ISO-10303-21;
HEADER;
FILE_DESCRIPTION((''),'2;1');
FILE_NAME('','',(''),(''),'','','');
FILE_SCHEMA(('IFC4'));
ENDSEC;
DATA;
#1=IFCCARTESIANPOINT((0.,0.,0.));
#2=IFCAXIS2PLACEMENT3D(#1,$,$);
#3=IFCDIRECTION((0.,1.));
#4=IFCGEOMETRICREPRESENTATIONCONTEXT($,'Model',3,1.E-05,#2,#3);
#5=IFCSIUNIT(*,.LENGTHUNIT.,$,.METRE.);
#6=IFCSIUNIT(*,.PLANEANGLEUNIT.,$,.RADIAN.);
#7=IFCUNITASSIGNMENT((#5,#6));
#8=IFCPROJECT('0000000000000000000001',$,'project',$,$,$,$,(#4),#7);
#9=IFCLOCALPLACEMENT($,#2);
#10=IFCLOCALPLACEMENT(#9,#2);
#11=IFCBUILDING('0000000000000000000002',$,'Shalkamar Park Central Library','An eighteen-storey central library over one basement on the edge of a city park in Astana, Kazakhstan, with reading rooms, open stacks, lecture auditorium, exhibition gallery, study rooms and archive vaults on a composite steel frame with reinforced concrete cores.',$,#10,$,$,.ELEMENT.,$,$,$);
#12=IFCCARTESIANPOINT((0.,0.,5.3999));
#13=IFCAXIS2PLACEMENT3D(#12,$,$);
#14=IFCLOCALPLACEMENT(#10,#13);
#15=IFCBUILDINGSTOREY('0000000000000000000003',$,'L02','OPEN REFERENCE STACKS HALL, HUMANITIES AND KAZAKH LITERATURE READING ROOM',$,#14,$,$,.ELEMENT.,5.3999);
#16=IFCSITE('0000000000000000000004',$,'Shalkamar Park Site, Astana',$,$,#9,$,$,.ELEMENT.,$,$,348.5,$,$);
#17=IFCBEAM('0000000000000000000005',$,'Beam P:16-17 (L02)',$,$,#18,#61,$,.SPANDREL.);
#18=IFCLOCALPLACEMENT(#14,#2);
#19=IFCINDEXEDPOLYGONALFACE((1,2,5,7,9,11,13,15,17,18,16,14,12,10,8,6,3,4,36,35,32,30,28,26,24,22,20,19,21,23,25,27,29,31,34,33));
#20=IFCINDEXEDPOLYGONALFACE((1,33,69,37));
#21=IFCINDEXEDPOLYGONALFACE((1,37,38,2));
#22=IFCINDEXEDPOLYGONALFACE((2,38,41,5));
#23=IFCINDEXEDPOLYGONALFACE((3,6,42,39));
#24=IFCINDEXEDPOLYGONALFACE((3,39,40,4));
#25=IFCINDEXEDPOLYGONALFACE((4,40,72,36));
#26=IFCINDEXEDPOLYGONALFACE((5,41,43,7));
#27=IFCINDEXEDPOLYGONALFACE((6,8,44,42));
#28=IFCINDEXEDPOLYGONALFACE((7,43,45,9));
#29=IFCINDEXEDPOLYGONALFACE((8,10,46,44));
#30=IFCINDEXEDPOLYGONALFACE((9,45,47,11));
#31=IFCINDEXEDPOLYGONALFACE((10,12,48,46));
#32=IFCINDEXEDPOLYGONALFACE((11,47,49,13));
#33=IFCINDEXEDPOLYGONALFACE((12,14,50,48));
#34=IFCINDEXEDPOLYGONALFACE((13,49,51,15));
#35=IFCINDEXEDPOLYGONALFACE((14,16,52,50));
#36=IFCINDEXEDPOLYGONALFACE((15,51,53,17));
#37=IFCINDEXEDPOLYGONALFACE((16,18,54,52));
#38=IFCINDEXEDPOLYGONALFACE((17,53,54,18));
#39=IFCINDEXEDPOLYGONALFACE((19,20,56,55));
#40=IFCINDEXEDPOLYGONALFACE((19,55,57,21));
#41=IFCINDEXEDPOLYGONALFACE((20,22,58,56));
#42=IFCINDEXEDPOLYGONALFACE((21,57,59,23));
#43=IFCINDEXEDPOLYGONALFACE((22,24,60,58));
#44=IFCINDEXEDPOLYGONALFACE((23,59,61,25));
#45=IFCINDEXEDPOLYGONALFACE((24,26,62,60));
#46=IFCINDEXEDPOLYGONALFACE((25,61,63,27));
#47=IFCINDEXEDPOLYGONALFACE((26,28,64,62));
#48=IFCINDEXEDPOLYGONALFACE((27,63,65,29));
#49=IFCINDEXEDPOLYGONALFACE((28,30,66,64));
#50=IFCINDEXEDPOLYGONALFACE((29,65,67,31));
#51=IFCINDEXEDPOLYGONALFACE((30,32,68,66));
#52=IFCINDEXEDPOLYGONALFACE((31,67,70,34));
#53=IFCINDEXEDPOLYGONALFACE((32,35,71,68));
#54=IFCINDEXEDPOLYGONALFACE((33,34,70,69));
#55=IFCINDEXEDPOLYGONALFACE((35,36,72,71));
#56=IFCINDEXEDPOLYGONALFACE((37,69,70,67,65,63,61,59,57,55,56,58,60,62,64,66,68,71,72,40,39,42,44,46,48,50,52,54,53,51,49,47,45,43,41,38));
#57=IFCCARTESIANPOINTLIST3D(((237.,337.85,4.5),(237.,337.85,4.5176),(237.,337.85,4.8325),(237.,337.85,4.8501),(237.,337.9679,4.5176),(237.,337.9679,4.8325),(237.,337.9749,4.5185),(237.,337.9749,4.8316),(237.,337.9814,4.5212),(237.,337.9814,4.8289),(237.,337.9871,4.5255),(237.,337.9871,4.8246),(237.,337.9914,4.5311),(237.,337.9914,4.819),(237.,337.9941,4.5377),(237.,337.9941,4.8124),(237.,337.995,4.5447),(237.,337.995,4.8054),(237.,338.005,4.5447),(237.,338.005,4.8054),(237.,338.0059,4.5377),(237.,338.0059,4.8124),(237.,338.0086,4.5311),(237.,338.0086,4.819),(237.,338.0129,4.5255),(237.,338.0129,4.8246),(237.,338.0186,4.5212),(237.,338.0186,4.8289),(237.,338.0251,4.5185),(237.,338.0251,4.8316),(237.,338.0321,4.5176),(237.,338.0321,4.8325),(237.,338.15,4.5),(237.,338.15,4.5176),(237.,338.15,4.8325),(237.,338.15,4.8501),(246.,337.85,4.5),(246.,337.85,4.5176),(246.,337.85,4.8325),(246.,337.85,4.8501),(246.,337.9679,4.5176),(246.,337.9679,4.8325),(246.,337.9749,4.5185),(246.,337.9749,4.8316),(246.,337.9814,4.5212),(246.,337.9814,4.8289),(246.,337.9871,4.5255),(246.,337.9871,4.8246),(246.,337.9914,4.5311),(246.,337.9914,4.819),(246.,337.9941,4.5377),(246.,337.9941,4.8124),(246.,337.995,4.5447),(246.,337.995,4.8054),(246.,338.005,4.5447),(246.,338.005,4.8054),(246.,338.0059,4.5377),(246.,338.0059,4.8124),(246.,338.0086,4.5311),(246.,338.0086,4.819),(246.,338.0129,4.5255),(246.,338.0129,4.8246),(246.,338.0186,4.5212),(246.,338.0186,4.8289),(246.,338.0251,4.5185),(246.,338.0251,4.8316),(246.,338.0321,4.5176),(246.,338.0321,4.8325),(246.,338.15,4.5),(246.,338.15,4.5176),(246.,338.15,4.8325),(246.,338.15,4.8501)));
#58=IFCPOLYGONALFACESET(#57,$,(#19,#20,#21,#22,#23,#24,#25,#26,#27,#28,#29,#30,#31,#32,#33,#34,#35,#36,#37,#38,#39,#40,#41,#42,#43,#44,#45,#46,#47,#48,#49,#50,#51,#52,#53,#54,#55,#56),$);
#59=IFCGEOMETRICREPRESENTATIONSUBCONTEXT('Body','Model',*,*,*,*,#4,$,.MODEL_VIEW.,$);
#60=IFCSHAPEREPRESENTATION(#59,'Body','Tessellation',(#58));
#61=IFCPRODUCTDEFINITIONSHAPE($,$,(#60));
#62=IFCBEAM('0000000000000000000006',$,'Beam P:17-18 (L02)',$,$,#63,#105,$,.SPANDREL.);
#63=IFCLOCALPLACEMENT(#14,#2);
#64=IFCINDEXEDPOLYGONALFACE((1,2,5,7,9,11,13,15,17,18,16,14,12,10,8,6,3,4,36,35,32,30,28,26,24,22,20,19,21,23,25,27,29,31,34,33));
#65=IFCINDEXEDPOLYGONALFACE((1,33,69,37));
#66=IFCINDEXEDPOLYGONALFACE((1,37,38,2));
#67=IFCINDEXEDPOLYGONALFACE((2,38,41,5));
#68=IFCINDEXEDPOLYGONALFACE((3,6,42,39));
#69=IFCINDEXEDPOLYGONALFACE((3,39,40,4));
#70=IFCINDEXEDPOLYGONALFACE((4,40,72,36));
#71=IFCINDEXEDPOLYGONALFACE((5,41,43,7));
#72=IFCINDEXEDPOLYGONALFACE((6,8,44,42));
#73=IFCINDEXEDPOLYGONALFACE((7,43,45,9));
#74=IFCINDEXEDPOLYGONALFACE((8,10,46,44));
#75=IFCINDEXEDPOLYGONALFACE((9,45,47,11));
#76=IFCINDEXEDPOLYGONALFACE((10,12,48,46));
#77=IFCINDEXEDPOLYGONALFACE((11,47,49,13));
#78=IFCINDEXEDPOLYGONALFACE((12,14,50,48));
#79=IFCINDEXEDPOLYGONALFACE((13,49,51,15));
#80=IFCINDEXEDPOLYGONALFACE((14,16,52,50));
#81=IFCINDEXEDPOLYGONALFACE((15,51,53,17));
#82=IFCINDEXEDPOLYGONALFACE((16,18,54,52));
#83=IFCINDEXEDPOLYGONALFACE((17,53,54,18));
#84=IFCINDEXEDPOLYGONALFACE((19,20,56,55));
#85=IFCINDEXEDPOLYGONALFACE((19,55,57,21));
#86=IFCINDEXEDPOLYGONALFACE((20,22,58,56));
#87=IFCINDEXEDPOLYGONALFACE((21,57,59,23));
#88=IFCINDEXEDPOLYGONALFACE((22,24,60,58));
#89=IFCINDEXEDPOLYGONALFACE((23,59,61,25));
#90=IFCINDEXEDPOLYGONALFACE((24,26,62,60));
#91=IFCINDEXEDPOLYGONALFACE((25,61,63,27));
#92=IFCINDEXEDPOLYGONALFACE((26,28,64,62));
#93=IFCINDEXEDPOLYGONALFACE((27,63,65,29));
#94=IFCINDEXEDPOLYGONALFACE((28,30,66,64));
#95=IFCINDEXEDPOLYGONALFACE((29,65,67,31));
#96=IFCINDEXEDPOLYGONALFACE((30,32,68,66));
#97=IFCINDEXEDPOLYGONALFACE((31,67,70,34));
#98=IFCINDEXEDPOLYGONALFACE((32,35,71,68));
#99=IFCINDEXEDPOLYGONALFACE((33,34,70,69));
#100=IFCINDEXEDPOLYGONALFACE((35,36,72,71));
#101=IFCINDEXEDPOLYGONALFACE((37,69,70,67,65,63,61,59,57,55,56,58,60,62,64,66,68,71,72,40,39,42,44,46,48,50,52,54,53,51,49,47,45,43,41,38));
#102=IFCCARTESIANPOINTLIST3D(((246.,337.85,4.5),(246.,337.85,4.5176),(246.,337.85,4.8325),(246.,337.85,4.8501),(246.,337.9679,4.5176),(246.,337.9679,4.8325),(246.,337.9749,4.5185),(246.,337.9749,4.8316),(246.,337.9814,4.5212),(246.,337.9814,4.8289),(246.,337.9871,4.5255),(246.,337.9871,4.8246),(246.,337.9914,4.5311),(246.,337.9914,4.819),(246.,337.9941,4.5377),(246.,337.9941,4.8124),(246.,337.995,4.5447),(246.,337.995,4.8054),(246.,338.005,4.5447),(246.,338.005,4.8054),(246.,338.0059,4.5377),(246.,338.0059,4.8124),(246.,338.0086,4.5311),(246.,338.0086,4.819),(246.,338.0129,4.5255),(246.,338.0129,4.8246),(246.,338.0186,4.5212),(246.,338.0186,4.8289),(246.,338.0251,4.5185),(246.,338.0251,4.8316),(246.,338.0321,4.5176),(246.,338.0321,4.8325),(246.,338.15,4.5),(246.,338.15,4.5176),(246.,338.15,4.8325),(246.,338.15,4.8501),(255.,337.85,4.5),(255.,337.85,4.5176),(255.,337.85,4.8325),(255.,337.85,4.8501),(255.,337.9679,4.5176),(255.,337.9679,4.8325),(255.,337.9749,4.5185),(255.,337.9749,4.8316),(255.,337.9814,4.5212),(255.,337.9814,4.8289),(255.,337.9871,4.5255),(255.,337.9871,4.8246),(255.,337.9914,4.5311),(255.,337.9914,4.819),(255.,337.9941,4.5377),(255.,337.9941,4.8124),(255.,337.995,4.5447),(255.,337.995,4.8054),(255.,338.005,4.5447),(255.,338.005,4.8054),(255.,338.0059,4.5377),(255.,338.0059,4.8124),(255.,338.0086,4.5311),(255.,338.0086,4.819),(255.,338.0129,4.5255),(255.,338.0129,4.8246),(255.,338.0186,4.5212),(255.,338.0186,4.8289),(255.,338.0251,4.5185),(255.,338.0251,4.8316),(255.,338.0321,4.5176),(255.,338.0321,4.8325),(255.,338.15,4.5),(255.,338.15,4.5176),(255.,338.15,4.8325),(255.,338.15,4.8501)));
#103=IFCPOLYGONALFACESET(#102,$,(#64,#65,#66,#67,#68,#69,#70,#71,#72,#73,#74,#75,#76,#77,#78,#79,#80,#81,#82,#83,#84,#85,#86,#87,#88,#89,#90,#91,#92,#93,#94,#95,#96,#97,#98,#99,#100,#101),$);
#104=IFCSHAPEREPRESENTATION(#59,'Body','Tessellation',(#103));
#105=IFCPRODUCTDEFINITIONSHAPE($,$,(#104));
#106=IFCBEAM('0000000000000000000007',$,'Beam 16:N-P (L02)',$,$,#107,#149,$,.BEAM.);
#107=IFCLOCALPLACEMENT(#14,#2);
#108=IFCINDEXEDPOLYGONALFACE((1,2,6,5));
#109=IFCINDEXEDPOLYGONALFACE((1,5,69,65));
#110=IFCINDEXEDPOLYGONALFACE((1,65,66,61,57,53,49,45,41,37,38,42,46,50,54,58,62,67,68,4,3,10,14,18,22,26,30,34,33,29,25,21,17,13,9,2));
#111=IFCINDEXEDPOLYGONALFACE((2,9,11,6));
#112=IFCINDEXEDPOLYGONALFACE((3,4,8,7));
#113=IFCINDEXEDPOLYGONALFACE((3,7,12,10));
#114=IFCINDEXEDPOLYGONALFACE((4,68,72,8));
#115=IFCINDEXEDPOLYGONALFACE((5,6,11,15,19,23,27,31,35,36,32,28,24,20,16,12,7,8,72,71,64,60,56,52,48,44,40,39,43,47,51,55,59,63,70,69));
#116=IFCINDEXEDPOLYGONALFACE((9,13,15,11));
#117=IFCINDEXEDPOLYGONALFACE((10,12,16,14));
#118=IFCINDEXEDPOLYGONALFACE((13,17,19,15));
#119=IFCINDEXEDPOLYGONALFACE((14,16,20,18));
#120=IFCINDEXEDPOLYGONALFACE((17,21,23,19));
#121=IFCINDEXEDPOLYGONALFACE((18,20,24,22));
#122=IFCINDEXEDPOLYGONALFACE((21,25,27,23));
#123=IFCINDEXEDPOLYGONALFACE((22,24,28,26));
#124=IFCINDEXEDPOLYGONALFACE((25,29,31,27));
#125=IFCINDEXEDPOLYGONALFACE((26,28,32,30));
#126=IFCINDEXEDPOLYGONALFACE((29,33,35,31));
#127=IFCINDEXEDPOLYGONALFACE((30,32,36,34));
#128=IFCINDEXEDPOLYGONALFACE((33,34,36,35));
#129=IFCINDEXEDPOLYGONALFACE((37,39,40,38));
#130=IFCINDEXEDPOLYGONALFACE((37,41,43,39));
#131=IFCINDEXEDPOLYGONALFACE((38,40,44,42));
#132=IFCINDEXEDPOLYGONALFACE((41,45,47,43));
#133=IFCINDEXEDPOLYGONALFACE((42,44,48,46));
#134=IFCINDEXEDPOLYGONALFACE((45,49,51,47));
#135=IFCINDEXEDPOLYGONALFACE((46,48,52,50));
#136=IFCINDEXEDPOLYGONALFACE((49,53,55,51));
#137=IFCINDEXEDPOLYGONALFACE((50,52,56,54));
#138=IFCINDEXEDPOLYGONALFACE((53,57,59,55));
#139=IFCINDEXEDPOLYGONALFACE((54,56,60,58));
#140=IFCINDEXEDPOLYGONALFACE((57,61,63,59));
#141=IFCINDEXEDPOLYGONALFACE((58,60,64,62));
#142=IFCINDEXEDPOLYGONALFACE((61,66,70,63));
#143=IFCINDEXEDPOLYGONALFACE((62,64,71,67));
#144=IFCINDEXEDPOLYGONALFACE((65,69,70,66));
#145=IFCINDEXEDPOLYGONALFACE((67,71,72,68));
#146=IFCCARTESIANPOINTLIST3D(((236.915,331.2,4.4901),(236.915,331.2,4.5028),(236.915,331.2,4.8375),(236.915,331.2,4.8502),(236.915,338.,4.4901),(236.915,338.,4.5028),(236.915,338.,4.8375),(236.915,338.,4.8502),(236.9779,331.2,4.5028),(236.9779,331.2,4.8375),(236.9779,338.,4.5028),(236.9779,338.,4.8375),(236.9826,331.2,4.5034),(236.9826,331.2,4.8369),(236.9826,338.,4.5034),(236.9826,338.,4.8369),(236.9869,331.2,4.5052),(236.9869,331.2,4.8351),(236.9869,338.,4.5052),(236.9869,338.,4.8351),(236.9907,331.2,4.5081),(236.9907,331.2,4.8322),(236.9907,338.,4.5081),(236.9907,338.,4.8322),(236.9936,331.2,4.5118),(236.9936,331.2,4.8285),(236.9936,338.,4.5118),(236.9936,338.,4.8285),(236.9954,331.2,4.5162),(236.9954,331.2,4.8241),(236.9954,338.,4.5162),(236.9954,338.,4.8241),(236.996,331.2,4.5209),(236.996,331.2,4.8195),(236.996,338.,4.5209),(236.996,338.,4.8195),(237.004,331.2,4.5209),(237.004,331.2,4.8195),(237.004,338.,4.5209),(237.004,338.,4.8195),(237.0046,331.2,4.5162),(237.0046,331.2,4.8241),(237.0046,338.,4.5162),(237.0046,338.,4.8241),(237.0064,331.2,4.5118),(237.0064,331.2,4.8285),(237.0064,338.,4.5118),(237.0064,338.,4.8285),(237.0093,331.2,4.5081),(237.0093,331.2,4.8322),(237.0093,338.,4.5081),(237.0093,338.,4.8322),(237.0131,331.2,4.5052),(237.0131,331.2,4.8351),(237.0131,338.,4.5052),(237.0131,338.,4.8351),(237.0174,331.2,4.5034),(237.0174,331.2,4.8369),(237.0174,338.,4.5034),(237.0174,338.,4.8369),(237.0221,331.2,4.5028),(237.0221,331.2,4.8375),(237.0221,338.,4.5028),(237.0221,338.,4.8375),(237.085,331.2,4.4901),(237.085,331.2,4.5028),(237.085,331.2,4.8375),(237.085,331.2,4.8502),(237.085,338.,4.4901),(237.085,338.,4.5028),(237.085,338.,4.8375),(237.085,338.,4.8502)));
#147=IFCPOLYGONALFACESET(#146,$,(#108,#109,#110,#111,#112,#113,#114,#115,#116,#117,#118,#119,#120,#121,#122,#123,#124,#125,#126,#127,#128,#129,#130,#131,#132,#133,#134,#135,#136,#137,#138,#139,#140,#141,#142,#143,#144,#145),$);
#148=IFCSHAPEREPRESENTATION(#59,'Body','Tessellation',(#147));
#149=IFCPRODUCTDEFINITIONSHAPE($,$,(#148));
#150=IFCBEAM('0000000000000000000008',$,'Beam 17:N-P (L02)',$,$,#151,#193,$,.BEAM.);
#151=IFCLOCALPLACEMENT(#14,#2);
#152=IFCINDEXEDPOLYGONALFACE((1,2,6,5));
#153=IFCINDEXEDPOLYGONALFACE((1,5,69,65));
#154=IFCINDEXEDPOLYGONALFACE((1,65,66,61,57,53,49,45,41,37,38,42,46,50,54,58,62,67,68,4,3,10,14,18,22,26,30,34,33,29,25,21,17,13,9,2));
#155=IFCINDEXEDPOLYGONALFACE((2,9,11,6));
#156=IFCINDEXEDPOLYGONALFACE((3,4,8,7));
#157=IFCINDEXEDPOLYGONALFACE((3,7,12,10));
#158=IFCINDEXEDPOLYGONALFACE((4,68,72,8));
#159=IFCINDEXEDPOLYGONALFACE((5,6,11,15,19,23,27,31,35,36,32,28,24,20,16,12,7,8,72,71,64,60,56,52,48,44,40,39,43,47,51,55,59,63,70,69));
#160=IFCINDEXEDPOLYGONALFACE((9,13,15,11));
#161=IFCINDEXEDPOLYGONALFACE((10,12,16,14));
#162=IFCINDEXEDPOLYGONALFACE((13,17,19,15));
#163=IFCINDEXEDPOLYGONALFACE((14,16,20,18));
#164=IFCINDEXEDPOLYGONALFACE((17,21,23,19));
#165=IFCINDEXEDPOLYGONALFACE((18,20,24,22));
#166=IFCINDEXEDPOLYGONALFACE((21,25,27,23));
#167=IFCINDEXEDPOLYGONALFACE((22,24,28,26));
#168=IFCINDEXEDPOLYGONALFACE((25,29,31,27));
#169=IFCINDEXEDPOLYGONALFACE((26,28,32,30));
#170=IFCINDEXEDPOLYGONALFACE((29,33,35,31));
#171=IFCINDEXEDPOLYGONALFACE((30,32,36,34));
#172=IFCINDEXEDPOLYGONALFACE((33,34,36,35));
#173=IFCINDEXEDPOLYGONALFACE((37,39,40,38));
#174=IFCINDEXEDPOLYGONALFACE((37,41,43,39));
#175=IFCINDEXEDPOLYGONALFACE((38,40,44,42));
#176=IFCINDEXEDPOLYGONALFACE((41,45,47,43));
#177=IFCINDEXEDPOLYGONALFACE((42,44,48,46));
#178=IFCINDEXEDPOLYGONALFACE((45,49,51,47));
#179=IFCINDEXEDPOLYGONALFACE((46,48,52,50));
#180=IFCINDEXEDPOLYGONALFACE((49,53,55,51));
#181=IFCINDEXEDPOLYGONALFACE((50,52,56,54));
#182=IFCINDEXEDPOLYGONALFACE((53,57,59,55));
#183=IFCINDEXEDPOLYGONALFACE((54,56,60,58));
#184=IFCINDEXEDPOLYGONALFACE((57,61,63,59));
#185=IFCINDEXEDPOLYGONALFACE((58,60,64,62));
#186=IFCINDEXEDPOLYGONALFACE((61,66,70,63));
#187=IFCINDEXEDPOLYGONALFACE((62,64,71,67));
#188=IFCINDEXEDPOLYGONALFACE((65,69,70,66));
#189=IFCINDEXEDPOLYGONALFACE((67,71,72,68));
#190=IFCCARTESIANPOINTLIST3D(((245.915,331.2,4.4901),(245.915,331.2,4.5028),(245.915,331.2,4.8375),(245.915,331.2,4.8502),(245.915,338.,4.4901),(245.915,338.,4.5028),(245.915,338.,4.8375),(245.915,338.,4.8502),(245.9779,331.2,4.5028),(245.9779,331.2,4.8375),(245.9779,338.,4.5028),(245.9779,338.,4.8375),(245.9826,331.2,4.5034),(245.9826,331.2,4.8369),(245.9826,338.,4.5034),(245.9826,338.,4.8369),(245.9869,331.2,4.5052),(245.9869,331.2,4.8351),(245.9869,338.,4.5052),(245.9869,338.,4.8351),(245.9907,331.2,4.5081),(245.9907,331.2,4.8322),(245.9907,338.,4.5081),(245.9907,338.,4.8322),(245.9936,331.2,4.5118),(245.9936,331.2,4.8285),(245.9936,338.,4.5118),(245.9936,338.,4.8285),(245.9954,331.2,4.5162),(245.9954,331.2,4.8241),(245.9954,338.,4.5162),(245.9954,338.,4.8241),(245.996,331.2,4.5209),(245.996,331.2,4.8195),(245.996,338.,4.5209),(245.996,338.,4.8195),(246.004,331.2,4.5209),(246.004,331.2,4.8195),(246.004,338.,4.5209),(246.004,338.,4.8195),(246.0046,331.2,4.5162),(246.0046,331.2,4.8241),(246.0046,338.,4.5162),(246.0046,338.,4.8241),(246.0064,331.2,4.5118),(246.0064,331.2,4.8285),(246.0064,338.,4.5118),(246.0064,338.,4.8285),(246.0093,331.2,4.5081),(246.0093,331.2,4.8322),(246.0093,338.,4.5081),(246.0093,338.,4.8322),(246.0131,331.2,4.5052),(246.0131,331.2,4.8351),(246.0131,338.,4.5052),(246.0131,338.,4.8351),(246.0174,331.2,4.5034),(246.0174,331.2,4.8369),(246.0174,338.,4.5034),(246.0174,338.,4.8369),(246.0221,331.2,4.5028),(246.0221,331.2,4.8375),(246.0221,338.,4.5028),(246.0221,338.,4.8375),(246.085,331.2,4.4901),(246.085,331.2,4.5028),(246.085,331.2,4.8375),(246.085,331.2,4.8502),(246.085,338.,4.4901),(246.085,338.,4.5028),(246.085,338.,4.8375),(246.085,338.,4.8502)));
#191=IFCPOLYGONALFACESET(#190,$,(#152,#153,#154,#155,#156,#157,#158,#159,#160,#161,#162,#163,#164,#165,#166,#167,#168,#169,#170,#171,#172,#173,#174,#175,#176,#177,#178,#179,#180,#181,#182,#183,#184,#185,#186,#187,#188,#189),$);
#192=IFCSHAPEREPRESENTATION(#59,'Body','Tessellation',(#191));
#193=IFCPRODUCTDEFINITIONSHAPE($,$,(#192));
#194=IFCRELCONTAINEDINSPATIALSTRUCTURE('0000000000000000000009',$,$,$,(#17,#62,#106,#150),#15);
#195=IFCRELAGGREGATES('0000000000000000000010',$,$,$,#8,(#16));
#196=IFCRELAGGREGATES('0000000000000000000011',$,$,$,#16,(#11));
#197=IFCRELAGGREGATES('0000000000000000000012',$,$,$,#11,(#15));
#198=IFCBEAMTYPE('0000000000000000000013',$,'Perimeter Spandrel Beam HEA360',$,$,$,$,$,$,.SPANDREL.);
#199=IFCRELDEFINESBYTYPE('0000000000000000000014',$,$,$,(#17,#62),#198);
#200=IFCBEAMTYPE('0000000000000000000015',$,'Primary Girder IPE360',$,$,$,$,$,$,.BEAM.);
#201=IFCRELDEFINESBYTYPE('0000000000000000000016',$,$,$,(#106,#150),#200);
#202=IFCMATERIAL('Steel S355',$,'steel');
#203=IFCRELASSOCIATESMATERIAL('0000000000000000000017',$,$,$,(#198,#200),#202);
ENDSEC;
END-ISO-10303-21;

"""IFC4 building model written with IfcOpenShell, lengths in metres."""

from ifc_helpers import new_model, si_unit, direction, frame, origin, origin_2d, place, context, subcontext, project, spatial, i_section, extrude, material, material_profile, profile_set, type_object, element, save


model = new_model("IFC4")

# Units and contexts
model_context = context("Model", 3, precision=1e-05, world=origin(), true_north=direction((0.0, 1.0)))
body_context = subcontext(model_context, "Body", "Model", "MODEL_VIEW")
ifc_project = project(units=[si_unit("LENGTHUNIT", "METRE"), si_unit("PLANEANGLEUNIT", "RADIAN")], contexts=[model_context])

# Site, building, storey
site_placement = place(None, origin())
site = spatial("IfcSite", under=ifc_project, at=site_placement, Name="Shalkamar Park Site, Astana", CompositionType="ELEMENT", RefElevation=348.5)
building_placement = place(site_placement, origin())
building = spatial("IfcBuilding", under=site, at=building_placement, Name="Shalkamar Park Central Library", Description="An eighteen-storey central library over one basement on the edge of a city park in Astana, Kazakhstan, with reading rooms, open stacks, lecture auditorium, exhibition gallery, study rooms and archive vaults on a composite steel frame with reinforced concrete cores.", CompositionType="ELEMENT")
storey_placement = place(building_placement, frame((0.0, 0.0, 5.3999)))
storey = spatial("IfcBuildingStorey", under=building, at=storey_placement, Name="L02", Description="OPEN REFERENCE STACKS HALL, HUMANITIES AND KAZAKH LITERATURE READING ROOM", CompositionType="ELEMENT", Elevation=5.3999)

# Shared definitions
ifc_material_1 = material(Name="Steel S355", Category="steel")

# Beams
ifc_material_profile_1 = material_profile(ifc_material_1, i_section(OverallWidth=0.3, OverallDepth=0.3501, WebThickness=0.01, FlangeThickness=0.0176, FilletRadius=0.0271, at=origin_2d()), Name="HEA 360")
ifc_profile_set_1 = profile_set([ifc_material_profile_1], Name="Steel S355")
beam_type_1 = type_object("IfcBeamType", Name="Perimeter Spandrel Beam HEA360", PredefinedType="SPANDREL", material=ifc_profile_set_1)
for number, where, z_axis, x_axis, name in (
    (1, (237.0, 338.0, 4.675), (1.0, 0.0, 0.0), (0.0, 1.0, 0.0), "Beam P:16-17 (L02)"),
    (2, (246.0, 338.0, 4.675), (1.0, 0.0, 0.0), (0.0, 1.0, 0.0), "Beam P:17-18 (L02)"),
):
    element("IfcBeam", number, at=place(storey_placement, frame(where, z_axis=z_axis, x_axis=x_axis)), inside=storey, type_object=beam_type_1, Name=name, PredefinedType="SPANDREL", context=body_context, shape_type="SweptSolid", body=[
        extrude(i_section(OverallWidth=0.3, OverallDepth=0.3501, WebThickness=0.01, FlangeThickness=0.0176, FilletRadius=0.0271, at=origin_2d()), origin(), (0.0, 0.0, 1.0), 9.0),
    ])
ifc_material_profile_2 = material_profile(ifc_material_1, i_section(OverallWidth=0.1699, OverallDepth=0.3601, WebThickness=0.0081, FlangeThickness=0.0127, FilletRadius=0.0181, at=origin_2d()), Name="IPE 360")
ifc_profile_set_2 = profile_set([ifc_material_profile_2], Name="Steel S355")
beam_type_2 = type_object("IfcBeamType", Name="Primary Girder IPE360", PredefinedType="BEAM", material=ifc_profile_set_2)
for number, where, z_axis, x_axis, name in (
    (3, (237.0, 331.2, 4.6702), (0.0, 1.0, 0.0), (-1.0, 0.0, 0.0), "Beam 16:N-P (L02)"),
    (4, (246.0, 331.2, 4.6702), (0.0, 1.0, 0.0), (-1.0, 0.0, 0.0), "Beam 17:N-P (L02)"),
):
    element("IfcBeam", number, at=place(storey_placement, frame(where, z_axis=z_axis, x_axis=x_axis)), inside=storey, type_object=beam_type_2, Name=name, PredefinedType="BEAM", context=body_context, shape_type="SweptSolid", body=[
        extrude(i_section(OverallWidth=0.1699, OverallDepth=0.3601, WebThickness=0.0081, FlangeThickness=0.0127, FilletRadius=0.0181, at=origin_2d()), origin(), (0.0, 0.0, 1.0), 6.8),
    ])

save(model, "model.ifc")
